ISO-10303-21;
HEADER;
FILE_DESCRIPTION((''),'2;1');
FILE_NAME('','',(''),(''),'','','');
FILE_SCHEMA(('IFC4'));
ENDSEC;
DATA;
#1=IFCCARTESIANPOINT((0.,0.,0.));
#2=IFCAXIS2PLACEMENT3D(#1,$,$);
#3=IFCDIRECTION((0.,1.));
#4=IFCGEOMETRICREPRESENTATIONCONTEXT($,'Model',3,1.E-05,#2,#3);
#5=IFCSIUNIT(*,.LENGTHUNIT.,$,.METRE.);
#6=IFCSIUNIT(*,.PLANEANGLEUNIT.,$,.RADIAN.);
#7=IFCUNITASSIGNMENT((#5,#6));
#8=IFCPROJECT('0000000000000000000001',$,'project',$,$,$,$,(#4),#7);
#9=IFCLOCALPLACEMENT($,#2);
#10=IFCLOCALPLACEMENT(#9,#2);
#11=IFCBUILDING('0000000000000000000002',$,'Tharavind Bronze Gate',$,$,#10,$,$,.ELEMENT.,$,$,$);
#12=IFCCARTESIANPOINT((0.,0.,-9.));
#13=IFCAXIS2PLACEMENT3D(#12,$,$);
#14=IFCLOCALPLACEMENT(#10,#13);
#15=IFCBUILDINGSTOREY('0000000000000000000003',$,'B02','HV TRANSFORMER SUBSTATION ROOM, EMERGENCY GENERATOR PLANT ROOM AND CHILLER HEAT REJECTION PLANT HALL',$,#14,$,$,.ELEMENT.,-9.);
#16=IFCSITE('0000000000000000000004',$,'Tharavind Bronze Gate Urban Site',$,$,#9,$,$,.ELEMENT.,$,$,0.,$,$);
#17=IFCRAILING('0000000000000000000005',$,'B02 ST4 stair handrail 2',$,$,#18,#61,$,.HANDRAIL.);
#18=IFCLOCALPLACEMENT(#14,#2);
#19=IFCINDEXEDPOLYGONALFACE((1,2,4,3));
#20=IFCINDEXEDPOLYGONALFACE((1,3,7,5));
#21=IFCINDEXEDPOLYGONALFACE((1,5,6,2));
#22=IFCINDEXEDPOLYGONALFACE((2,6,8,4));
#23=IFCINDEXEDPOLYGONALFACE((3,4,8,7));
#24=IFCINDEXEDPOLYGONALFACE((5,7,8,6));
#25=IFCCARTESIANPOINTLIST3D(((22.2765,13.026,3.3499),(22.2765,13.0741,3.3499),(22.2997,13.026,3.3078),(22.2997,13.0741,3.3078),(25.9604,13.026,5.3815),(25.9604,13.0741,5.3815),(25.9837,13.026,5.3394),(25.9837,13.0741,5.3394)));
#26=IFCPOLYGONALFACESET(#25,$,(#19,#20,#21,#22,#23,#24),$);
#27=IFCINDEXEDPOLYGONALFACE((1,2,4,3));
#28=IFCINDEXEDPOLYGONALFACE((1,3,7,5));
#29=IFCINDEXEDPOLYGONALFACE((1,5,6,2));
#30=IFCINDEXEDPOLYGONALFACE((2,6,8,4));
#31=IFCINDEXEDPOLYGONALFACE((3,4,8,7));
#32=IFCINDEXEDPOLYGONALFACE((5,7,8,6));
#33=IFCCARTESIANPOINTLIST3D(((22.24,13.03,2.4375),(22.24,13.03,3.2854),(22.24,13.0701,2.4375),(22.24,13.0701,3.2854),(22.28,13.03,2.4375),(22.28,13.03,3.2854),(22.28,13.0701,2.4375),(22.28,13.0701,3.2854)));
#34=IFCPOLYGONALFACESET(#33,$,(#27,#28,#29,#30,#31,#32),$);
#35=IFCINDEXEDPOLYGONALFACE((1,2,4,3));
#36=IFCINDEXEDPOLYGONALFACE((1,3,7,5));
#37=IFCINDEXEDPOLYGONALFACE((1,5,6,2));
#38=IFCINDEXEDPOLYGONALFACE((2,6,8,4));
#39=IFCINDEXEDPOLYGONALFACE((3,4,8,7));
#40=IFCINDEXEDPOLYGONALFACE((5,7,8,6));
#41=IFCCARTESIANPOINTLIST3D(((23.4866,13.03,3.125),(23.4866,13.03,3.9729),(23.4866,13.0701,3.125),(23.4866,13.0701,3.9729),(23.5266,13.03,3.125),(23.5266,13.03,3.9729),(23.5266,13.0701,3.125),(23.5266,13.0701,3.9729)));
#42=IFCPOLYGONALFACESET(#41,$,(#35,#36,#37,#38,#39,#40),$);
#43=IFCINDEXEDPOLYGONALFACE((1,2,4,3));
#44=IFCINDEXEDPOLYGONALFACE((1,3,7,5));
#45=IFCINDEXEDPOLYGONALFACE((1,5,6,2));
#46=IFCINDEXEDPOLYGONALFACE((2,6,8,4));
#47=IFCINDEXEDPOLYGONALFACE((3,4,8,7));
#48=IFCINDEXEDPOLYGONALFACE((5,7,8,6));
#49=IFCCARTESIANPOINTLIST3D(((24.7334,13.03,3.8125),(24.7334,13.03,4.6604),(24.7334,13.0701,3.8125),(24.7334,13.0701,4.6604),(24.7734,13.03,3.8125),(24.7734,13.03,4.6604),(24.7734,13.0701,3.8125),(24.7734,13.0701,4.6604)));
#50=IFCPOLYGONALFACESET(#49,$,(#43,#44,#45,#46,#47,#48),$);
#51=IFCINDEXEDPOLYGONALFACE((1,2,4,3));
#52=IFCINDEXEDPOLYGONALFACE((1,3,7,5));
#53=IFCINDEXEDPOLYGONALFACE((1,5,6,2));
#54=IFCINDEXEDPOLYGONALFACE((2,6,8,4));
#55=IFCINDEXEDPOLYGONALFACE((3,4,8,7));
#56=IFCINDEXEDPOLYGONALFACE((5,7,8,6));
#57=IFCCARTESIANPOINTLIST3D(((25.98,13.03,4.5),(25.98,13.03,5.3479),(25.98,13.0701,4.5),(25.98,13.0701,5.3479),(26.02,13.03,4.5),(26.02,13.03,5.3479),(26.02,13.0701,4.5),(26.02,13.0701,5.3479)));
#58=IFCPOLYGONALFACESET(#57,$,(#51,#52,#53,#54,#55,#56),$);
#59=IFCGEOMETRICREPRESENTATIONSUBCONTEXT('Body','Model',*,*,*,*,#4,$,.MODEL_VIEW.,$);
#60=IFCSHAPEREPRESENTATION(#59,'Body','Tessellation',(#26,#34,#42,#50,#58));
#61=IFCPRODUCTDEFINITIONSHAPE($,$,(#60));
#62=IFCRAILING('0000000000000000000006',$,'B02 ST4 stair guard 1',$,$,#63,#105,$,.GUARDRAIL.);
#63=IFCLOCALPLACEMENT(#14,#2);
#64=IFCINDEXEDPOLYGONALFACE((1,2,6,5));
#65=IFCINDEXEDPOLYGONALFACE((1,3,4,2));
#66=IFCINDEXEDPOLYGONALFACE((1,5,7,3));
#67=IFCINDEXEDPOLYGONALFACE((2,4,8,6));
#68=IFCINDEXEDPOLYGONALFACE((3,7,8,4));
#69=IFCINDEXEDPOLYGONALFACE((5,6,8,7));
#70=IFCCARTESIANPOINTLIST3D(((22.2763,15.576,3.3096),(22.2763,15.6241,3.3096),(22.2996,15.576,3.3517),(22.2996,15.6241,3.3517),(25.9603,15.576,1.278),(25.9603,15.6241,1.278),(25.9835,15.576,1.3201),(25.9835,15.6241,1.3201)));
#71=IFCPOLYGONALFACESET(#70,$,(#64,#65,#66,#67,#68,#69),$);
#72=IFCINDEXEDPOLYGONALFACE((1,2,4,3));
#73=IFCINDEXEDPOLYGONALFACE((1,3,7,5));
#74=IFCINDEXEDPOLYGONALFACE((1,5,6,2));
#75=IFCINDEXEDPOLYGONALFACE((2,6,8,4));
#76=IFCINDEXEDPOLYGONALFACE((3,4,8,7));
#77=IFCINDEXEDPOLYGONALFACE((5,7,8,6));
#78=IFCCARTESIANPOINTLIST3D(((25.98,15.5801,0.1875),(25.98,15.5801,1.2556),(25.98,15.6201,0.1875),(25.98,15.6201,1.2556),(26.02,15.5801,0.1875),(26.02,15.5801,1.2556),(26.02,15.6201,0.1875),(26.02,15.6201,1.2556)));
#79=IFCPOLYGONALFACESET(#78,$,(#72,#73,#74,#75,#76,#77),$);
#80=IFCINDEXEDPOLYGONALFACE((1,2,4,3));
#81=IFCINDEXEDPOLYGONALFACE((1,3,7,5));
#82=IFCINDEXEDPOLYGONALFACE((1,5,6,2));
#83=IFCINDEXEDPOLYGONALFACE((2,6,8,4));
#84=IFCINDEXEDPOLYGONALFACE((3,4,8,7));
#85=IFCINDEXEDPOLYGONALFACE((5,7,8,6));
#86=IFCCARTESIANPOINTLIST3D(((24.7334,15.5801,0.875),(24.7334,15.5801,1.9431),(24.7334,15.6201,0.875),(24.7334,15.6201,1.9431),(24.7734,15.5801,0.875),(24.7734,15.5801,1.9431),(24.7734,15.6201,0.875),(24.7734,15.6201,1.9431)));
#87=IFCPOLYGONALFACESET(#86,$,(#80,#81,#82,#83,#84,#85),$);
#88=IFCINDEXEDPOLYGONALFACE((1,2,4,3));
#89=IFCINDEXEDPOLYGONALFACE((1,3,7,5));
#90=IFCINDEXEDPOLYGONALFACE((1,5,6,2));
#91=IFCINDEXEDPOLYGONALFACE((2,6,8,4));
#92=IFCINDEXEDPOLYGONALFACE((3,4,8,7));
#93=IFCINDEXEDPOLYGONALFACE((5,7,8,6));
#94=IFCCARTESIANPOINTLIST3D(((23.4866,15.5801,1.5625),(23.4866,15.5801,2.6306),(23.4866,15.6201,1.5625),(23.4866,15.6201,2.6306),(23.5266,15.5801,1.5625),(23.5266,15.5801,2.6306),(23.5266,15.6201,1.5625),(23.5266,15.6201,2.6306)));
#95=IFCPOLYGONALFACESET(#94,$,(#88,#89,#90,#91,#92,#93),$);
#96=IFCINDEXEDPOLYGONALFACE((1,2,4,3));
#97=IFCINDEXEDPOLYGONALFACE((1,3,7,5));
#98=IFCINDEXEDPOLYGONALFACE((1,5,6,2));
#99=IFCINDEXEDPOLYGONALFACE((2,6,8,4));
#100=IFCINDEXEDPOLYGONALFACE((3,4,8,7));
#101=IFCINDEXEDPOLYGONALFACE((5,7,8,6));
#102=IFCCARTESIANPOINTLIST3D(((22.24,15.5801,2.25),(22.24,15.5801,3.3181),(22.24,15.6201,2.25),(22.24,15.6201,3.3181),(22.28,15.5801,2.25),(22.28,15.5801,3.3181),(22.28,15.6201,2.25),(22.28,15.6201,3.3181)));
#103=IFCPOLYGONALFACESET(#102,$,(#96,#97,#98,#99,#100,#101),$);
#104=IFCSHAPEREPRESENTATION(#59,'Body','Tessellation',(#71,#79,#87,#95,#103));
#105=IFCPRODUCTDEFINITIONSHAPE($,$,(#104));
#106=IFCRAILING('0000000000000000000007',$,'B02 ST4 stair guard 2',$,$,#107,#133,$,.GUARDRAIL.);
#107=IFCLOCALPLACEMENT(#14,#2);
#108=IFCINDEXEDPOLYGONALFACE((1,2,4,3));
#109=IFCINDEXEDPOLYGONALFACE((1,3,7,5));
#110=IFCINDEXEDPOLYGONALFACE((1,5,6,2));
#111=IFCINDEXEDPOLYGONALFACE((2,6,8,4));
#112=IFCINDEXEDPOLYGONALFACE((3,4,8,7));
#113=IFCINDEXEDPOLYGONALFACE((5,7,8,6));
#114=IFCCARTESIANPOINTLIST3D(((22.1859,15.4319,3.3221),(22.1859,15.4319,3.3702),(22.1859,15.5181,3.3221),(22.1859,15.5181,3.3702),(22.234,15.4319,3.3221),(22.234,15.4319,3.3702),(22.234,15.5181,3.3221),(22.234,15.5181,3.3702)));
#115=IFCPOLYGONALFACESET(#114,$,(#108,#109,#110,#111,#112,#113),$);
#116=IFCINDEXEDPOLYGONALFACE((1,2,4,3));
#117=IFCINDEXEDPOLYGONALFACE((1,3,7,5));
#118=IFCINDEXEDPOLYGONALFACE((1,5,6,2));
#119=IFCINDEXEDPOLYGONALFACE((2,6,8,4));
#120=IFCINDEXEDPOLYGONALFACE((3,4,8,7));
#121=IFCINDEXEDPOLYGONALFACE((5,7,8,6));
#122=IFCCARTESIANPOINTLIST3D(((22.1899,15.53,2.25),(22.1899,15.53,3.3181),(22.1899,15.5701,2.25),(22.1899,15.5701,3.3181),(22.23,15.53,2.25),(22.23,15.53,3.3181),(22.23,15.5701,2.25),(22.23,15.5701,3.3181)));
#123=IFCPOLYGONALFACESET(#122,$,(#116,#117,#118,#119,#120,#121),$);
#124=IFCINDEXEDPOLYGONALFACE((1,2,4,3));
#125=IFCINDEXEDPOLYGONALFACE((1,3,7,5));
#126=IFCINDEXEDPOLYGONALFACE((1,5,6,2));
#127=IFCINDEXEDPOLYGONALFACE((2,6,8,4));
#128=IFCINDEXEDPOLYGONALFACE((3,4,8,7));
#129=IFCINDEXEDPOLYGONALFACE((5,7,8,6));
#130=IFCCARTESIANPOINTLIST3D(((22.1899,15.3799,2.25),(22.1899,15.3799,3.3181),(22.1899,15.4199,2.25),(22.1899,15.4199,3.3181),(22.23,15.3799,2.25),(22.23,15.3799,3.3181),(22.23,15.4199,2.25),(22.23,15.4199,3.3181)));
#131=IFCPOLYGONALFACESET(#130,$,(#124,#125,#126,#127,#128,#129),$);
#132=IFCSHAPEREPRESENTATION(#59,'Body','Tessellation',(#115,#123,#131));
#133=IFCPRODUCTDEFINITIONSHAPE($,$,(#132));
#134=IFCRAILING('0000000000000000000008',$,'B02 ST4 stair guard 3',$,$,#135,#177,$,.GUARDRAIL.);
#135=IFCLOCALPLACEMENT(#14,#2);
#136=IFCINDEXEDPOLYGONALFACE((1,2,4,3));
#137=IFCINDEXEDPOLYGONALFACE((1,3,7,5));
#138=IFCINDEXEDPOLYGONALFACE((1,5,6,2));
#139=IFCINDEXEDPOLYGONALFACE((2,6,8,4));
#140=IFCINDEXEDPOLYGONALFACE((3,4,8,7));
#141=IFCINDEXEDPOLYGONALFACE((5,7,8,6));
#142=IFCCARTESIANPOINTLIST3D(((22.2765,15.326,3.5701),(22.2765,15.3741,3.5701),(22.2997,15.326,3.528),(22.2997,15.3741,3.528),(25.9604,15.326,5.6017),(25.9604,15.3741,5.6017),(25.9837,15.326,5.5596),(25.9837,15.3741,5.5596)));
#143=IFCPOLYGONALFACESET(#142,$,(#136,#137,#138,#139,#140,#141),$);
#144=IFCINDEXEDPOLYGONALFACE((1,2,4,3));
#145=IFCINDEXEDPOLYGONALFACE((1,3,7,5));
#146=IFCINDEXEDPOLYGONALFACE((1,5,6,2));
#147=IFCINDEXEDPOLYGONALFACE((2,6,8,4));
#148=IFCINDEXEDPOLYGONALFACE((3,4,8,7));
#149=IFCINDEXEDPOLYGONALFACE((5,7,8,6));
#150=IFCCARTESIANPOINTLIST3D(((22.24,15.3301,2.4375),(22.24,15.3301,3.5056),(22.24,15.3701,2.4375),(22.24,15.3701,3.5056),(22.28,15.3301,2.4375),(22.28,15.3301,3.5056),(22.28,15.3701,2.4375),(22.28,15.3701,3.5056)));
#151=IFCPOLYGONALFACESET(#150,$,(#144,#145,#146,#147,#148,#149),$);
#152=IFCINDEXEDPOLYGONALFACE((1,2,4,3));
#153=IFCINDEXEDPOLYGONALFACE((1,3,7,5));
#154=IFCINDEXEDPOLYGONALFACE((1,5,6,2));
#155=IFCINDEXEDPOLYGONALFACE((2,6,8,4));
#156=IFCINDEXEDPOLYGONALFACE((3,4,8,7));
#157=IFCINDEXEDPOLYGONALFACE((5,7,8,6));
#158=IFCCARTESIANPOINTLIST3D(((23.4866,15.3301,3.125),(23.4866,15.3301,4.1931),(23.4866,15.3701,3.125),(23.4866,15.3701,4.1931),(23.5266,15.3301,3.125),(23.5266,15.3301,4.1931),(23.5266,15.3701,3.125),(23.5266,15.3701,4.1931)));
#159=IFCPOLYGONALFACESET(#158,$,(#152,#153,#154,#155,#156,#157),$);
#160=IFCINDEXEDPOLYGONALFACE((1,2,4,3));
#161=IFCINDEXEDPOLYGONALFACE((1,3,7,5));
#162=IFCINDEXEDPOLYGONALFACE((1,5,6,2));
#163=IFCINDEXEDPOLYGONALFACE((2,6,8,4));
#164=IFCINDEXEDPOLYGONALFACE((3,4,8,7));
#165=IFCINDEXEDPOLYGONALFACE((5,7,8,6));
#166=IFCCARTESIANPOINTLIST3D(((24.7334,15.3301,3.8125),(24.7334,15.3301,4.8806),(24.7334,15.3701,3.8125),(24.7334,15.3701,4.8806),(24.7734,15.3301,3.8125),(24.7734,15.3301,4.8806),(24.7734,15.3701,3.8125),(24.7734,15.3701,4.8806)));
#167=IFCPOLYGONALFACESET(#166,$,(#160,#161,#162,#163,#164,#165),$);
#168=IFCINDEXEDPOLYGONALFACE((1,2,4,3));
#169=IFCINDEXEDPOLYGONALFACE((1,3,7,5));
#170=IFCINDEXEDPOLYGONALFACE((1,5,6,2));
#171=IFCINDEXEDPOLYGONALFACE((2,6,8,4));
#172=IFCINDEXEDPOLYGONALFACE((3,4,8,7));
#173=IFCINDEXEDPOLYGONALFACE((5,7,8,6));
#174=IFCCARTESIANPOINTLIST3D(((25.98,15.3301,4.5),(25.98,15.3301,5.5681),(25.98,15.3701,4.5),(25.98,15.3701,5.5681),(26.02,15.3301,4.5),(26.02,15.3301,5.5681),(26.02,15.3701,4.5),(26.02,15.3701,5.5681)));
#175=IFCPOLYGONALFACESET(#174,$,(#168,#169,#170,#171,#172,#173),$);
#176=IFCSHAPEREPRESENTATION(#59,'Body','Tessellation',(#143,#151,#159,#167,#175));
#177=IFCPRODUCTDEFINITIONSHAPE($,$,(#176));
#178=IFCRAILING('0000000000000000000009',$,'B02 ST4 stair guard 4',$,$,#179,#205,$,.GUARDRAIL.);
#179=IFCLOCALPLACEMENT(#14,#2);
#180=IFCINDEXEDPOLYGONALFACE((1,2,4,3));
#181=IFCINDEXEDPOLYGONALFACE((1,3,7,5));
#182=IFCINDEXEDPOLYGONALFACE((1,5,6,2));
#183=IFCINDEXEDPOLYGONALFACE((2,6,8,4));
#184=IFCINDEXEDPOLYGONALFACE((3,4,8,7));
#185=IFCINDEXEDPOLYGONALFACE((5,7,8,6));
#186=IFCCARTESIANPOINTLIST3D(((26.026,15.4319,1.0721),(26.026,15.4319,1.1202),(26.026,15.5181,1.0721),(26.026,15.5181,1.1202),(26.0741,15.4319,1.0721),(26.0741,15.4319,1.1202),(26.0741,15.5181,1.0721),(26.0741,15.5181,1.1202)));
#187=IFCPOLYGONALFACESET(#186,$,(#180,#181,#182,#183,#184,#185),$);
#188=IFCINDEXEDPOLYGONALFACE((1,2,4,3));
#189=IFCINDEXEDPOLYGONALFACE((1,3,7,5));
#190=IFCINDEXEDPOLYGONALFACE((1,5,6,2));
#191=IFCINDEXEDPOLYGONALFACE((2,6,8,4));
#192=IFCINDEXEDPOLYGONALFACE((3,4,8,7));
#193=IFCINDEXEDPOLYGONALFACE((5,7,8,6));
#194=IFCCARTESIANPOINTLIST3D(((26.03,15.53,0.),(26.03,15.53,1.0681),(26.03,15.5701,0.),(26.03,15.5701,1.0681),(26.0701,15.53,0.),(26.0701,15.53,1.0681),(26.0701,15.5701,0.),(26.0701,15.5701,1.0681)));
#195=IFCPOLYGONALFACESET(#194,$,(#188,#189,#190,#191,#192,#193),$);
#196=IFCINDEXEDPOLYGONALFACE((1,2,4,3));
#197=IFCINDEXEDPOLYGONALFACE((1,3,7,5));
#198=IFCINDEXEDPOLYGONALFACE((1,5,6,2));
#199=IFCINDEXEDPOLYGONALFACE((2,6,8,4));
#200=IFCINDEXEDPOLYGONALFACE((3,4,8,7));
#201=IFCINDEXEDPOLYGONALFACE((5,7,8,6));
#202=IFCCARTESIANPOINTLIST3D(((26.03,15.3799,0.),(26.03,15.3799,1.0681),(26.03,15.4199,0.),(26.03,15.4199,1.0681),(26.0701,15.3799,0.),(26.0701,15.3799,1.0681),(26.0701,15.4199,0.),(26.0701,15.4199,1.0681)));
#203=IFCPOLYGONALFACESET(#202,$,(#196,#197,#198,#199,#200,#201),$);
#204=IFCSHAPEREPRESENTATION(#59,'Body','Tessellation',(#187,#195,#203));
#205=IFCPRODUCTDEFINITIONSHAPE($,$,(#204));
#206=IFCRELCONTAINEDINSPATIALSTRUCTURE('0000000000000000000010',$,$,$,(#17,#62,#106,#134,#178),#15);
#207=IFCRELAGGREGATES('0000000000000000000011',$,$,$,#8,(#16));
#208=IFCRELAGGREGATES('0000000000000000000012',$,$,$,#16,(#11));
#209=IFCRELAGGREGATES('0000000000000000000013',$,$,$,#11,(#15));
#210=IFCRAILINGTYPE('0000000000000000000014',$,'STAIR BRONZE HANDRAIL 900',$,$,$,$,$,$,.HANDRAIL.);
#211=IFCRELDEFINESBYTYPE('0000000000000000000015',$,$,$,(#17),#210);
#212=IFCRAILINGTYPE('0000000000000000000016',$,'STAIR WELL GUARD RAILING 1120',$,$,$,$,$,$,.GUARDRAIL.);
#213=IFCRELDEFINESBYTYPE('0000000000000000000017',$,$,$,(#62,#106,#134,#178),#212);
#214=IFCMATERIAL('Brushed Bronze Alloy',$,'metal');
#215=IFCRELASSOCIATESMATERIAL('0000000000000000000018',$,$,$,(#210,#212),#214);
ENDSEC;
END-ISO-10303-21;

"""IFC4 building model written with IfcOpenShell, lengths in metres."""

from ifc_helpers import new_model, si_unit, direction, frame, origin, origin_2d, place, context, subcontext, project, spatial, rectangle, extrude, material, type_object, element, save


model = new_model("IFC4")

# Units and contexts
model_context = context("Model", 3, precision=1e-05, world=origin(), true_north=direction((0.0, 1.0)))
body_context = subcontext(model_context, "Body", "Model", "MODEL_VIEW")
ifc_project = project(units=[si_unit("LENGTHUNIT", "METRE"), si_unit("PLANEANGLEUNIT", "RADIAN")], contexts=[model_context])

# Site, building, storey
site_placement = place(None, origin())
site = spatial("IfcSite", under=ifc_project, at=site_placement, Name="Tharavind Bronze Gate Urban Site", CompositionType="ELEMENT", RefElevation=0.0)
building_placement = place(site_placement, origin())
building = spatial("IfcBuilding", under=site, at=building_placement, Name="Tharavind Bronze Gate", CompositionType="ELEMENT")
storey_placement = place(building_placement, frame((0.0, 0.0, -9.0)))
storey = spatial("IfcBuildingStorey", under=building, at=storey_placement, Name="B02", Description="HV TRANSFORMER SUBSTATION ROOM, EMERGENCY GENERATOR PLANT ROOM AND CHILLER HEAT REJECTION PLANT HALL", CompositionType="ELEMENT", Elevation=-9.0)

# Railings
ifc_material_1 = material(Name="Brushed Bronze Alloy", Category="metal")
railing_type_1 = type_object("IfcRailingType", Name="STAIR BRONZE HANDRAIL 900", PredefinedType="HANDRAIL", material=ifc_material_1)
railing_1_placement = place(storey_placement, frame((22.26, 13.05, 2.4375)))
element("IfcRailing", 1, at=railing_1_placement, inside=storey, type_object=railing_type_1, Name="B02 ST4 stair handrail 2", PredefinedType="HANDRAIL", context=body_context, shape_type="SweptSolid", body=[
    extrude(rectangle(XDim=0.0481, YDim=0.0481, at=origin_2d()), frame((0.0281, 0.0, 0.8914), z_axis=(0.875671, 0.0, 0.482908), x_axis=(0.0, 1.0, 0.0)), (0.0, 0.0, 1.0), 4.207),
    extrude(rectangle(XDim=0.04, YDim=0.04, at=origin_2d()), origin(), (0.0, 0.0, 1.0), 0.8479),
    extrude(rectangle(XDim=0.04, YDim=0.04, at=origin_2d()), frame((1.2466, 0.0, 0.6875)), (0.0, 0.0, 1.0), 0.8479),
    extrude(rectangle(XDim=0.04, YDim=0.04, at=origin_2d()), frame((2.4934, 0.0, 1.375)), (0.0, 0.0, 1.0), 0.8479),
    extrude(rectangle(XDim=0.04, YDim=0.04, at=origin_2d()), frame((3.74, 0.0, 2.0625)), (0.0, 0.0, 1.0), 0.8479),
])
railing_type_2 = type_object("IfcRailingType", Name="STAIR WELL GUARD RAILING 1120", PredefinedType="GUARDRAIL", material=ifc_material_1)
railing_2_placement = place(storey_placement, frame((26.0, 15.6001, 0.1875)))
element("IfcRailing", 2, at=railing_2_placement, inside=storey, type_object=railing_type_2, Name="B02 ST4 stair guard 1", PredefinedType="GUARDRAIL", context=body_context, shape_type="SweptSolid", body=[
    extrude(rectangle(XDim=0.0481, YDim=0.0481, at=origin_2d()), frame((-0.0281, 0.0, 1.1116), z_axis=(-0.875671, 0.0, 0.482908), x_axis=(0.0, -1.0, 0.0)), (0.0, 0.0, 1.0), 4.207),
    extrude(rectangle(XDim=0.04, YDim=0.04, at=origin_2d()), origin(), (0.0, 0.0, 1.0), 1.0681),
    extrude(rectangle(XDim=0.04, YDim=0.04, at=origin_2d()), frame((-1.2466, 0.0, 0.6875)), (0.0, 0.0, 1.0), 1.0681),
    extrude(rectangle(XDim=0.04, YDim=0.04, at=origin_2d()), frame((-2.4934, 0.0, 1.375)), (0.0, 0.0, 1.0), 1.0681),
    extrude(rectangle(XDim=0.04, YDim=0.04, at=origin_2d()), frame((-3.74, 0.0, 2.0625)), (0.0, 0.0, 1.0), 1.0681),
])
railing_3_placement = place(storey_placement, frame((22.21, 15.55, 2.25)))
element("IfcRailing", 3, at=railing_3_placement, inside=storey, type_object=railing_type_2, Name="B02 ST4 stair guard 2", PredefinedType="GUARDRAIL", context=body_context, shape_type="SweptSolid", body=[
    extrude(rectangle(XDim=0.0481, YDim=0.0481, at=origin_2d()), frame((0.0, -0.032, 1.0962), z_axis=(0.0, -1.0, 0.0), x_axis=(1.0, 0.0, 0.0)), (0.0, 0.0, 1.0), 0.0862),
    extrude(rectangle(XDim=0.04, YDim=0.04, at=origin_2d()), origin(), (0.0, 0.0, 1.0), 1.0681),
    extrude(rectangle(XDim=0.04, YDim=0.04, at=origin_2d()), frame((0.0, -0.1501, 0.0)), (0.0, 0.0, 1.0), 1.0681),
])
railing_4_placement = place(storey_placement, frame((22.26, 15.3501, 2.4375)))
element("IfcRailing", 4, at=railing_4_placement, inside=storey, type_object=railing_type_2, Name="B02 ST4 stair guard 3", PredefinedType="GUARDRAIL", context=body_context, shape_type="SweptSolid", body=[
    extrude(rectangle(XDim=0.0481, YDim=0.0481, at=origin_2d()), frame((0.0281, 0.0, 1.1116), z_axis=(0.875671, 0.0, 0.482908), x_axis=(0.0, 1.0, 0.0)), (0.0, 0.0, 1.0), 4.207),
    extrude(rectangle(XDim=0.04, YDim=0.04, at=origin_2d()), origin(), (0.0, 0.0, 1.0), 1.0681),
    extrude(rectangle(XDim=0.04, YDim=0.04, at=origin_2d()), frame((1.2466, 0.0, 0.6875)), (0.0, 0.0, 1.0), 1.0681),
    extrude(rectangle(XDim=0.04, YDim=0.04, at=origin_2d()), frame((2.4934, 0.0, 1.375)), (0.0, 0.0, 1.0), 1.0681),
    extrude(rectangle(XDim=0.04, YDim=0.04, at=origin_2d()), frame((3.74, 0.0, 2.0625)), (0.0, 0.0, 1.0), 1.0681),
])
railing_5_placement = place(storey_placement, frame((26.05, 15.55, 0.0)))
element("IfcRailing", 5, at=railing_5_placement, inside=storey, type_object=railing_type_2, Name="B02 ST4 stair guard 4", PredefinedType="GUARDRAIL", context=body_context, shape_type="SweptSolid", body=[
    extrude(rectangle(XDim=0.0481, YDim=0.0481, at=origin_2d()), frame((0.0, -0.032, 1.0962), z_axis=(0.0, -1.0, 0.0), x_axis=(1.0, 0.0, 0.0)), (0.0, 0.0, 1.0), 0.0862),
    extrude(rectangle(XDim=0.04, YDim=0.04, at=origin_2d()), origin(), (0.0, 0.0, 1.0), 1.0681),
    extrude(rectangle(XDim=0.04, YDim=0.04, at=origin_2d()), frame((0.0, -0.1501, 0.0)), (0.0, 0.0, 1.0), 1.0681),
])

save(model, "model.ifc")
